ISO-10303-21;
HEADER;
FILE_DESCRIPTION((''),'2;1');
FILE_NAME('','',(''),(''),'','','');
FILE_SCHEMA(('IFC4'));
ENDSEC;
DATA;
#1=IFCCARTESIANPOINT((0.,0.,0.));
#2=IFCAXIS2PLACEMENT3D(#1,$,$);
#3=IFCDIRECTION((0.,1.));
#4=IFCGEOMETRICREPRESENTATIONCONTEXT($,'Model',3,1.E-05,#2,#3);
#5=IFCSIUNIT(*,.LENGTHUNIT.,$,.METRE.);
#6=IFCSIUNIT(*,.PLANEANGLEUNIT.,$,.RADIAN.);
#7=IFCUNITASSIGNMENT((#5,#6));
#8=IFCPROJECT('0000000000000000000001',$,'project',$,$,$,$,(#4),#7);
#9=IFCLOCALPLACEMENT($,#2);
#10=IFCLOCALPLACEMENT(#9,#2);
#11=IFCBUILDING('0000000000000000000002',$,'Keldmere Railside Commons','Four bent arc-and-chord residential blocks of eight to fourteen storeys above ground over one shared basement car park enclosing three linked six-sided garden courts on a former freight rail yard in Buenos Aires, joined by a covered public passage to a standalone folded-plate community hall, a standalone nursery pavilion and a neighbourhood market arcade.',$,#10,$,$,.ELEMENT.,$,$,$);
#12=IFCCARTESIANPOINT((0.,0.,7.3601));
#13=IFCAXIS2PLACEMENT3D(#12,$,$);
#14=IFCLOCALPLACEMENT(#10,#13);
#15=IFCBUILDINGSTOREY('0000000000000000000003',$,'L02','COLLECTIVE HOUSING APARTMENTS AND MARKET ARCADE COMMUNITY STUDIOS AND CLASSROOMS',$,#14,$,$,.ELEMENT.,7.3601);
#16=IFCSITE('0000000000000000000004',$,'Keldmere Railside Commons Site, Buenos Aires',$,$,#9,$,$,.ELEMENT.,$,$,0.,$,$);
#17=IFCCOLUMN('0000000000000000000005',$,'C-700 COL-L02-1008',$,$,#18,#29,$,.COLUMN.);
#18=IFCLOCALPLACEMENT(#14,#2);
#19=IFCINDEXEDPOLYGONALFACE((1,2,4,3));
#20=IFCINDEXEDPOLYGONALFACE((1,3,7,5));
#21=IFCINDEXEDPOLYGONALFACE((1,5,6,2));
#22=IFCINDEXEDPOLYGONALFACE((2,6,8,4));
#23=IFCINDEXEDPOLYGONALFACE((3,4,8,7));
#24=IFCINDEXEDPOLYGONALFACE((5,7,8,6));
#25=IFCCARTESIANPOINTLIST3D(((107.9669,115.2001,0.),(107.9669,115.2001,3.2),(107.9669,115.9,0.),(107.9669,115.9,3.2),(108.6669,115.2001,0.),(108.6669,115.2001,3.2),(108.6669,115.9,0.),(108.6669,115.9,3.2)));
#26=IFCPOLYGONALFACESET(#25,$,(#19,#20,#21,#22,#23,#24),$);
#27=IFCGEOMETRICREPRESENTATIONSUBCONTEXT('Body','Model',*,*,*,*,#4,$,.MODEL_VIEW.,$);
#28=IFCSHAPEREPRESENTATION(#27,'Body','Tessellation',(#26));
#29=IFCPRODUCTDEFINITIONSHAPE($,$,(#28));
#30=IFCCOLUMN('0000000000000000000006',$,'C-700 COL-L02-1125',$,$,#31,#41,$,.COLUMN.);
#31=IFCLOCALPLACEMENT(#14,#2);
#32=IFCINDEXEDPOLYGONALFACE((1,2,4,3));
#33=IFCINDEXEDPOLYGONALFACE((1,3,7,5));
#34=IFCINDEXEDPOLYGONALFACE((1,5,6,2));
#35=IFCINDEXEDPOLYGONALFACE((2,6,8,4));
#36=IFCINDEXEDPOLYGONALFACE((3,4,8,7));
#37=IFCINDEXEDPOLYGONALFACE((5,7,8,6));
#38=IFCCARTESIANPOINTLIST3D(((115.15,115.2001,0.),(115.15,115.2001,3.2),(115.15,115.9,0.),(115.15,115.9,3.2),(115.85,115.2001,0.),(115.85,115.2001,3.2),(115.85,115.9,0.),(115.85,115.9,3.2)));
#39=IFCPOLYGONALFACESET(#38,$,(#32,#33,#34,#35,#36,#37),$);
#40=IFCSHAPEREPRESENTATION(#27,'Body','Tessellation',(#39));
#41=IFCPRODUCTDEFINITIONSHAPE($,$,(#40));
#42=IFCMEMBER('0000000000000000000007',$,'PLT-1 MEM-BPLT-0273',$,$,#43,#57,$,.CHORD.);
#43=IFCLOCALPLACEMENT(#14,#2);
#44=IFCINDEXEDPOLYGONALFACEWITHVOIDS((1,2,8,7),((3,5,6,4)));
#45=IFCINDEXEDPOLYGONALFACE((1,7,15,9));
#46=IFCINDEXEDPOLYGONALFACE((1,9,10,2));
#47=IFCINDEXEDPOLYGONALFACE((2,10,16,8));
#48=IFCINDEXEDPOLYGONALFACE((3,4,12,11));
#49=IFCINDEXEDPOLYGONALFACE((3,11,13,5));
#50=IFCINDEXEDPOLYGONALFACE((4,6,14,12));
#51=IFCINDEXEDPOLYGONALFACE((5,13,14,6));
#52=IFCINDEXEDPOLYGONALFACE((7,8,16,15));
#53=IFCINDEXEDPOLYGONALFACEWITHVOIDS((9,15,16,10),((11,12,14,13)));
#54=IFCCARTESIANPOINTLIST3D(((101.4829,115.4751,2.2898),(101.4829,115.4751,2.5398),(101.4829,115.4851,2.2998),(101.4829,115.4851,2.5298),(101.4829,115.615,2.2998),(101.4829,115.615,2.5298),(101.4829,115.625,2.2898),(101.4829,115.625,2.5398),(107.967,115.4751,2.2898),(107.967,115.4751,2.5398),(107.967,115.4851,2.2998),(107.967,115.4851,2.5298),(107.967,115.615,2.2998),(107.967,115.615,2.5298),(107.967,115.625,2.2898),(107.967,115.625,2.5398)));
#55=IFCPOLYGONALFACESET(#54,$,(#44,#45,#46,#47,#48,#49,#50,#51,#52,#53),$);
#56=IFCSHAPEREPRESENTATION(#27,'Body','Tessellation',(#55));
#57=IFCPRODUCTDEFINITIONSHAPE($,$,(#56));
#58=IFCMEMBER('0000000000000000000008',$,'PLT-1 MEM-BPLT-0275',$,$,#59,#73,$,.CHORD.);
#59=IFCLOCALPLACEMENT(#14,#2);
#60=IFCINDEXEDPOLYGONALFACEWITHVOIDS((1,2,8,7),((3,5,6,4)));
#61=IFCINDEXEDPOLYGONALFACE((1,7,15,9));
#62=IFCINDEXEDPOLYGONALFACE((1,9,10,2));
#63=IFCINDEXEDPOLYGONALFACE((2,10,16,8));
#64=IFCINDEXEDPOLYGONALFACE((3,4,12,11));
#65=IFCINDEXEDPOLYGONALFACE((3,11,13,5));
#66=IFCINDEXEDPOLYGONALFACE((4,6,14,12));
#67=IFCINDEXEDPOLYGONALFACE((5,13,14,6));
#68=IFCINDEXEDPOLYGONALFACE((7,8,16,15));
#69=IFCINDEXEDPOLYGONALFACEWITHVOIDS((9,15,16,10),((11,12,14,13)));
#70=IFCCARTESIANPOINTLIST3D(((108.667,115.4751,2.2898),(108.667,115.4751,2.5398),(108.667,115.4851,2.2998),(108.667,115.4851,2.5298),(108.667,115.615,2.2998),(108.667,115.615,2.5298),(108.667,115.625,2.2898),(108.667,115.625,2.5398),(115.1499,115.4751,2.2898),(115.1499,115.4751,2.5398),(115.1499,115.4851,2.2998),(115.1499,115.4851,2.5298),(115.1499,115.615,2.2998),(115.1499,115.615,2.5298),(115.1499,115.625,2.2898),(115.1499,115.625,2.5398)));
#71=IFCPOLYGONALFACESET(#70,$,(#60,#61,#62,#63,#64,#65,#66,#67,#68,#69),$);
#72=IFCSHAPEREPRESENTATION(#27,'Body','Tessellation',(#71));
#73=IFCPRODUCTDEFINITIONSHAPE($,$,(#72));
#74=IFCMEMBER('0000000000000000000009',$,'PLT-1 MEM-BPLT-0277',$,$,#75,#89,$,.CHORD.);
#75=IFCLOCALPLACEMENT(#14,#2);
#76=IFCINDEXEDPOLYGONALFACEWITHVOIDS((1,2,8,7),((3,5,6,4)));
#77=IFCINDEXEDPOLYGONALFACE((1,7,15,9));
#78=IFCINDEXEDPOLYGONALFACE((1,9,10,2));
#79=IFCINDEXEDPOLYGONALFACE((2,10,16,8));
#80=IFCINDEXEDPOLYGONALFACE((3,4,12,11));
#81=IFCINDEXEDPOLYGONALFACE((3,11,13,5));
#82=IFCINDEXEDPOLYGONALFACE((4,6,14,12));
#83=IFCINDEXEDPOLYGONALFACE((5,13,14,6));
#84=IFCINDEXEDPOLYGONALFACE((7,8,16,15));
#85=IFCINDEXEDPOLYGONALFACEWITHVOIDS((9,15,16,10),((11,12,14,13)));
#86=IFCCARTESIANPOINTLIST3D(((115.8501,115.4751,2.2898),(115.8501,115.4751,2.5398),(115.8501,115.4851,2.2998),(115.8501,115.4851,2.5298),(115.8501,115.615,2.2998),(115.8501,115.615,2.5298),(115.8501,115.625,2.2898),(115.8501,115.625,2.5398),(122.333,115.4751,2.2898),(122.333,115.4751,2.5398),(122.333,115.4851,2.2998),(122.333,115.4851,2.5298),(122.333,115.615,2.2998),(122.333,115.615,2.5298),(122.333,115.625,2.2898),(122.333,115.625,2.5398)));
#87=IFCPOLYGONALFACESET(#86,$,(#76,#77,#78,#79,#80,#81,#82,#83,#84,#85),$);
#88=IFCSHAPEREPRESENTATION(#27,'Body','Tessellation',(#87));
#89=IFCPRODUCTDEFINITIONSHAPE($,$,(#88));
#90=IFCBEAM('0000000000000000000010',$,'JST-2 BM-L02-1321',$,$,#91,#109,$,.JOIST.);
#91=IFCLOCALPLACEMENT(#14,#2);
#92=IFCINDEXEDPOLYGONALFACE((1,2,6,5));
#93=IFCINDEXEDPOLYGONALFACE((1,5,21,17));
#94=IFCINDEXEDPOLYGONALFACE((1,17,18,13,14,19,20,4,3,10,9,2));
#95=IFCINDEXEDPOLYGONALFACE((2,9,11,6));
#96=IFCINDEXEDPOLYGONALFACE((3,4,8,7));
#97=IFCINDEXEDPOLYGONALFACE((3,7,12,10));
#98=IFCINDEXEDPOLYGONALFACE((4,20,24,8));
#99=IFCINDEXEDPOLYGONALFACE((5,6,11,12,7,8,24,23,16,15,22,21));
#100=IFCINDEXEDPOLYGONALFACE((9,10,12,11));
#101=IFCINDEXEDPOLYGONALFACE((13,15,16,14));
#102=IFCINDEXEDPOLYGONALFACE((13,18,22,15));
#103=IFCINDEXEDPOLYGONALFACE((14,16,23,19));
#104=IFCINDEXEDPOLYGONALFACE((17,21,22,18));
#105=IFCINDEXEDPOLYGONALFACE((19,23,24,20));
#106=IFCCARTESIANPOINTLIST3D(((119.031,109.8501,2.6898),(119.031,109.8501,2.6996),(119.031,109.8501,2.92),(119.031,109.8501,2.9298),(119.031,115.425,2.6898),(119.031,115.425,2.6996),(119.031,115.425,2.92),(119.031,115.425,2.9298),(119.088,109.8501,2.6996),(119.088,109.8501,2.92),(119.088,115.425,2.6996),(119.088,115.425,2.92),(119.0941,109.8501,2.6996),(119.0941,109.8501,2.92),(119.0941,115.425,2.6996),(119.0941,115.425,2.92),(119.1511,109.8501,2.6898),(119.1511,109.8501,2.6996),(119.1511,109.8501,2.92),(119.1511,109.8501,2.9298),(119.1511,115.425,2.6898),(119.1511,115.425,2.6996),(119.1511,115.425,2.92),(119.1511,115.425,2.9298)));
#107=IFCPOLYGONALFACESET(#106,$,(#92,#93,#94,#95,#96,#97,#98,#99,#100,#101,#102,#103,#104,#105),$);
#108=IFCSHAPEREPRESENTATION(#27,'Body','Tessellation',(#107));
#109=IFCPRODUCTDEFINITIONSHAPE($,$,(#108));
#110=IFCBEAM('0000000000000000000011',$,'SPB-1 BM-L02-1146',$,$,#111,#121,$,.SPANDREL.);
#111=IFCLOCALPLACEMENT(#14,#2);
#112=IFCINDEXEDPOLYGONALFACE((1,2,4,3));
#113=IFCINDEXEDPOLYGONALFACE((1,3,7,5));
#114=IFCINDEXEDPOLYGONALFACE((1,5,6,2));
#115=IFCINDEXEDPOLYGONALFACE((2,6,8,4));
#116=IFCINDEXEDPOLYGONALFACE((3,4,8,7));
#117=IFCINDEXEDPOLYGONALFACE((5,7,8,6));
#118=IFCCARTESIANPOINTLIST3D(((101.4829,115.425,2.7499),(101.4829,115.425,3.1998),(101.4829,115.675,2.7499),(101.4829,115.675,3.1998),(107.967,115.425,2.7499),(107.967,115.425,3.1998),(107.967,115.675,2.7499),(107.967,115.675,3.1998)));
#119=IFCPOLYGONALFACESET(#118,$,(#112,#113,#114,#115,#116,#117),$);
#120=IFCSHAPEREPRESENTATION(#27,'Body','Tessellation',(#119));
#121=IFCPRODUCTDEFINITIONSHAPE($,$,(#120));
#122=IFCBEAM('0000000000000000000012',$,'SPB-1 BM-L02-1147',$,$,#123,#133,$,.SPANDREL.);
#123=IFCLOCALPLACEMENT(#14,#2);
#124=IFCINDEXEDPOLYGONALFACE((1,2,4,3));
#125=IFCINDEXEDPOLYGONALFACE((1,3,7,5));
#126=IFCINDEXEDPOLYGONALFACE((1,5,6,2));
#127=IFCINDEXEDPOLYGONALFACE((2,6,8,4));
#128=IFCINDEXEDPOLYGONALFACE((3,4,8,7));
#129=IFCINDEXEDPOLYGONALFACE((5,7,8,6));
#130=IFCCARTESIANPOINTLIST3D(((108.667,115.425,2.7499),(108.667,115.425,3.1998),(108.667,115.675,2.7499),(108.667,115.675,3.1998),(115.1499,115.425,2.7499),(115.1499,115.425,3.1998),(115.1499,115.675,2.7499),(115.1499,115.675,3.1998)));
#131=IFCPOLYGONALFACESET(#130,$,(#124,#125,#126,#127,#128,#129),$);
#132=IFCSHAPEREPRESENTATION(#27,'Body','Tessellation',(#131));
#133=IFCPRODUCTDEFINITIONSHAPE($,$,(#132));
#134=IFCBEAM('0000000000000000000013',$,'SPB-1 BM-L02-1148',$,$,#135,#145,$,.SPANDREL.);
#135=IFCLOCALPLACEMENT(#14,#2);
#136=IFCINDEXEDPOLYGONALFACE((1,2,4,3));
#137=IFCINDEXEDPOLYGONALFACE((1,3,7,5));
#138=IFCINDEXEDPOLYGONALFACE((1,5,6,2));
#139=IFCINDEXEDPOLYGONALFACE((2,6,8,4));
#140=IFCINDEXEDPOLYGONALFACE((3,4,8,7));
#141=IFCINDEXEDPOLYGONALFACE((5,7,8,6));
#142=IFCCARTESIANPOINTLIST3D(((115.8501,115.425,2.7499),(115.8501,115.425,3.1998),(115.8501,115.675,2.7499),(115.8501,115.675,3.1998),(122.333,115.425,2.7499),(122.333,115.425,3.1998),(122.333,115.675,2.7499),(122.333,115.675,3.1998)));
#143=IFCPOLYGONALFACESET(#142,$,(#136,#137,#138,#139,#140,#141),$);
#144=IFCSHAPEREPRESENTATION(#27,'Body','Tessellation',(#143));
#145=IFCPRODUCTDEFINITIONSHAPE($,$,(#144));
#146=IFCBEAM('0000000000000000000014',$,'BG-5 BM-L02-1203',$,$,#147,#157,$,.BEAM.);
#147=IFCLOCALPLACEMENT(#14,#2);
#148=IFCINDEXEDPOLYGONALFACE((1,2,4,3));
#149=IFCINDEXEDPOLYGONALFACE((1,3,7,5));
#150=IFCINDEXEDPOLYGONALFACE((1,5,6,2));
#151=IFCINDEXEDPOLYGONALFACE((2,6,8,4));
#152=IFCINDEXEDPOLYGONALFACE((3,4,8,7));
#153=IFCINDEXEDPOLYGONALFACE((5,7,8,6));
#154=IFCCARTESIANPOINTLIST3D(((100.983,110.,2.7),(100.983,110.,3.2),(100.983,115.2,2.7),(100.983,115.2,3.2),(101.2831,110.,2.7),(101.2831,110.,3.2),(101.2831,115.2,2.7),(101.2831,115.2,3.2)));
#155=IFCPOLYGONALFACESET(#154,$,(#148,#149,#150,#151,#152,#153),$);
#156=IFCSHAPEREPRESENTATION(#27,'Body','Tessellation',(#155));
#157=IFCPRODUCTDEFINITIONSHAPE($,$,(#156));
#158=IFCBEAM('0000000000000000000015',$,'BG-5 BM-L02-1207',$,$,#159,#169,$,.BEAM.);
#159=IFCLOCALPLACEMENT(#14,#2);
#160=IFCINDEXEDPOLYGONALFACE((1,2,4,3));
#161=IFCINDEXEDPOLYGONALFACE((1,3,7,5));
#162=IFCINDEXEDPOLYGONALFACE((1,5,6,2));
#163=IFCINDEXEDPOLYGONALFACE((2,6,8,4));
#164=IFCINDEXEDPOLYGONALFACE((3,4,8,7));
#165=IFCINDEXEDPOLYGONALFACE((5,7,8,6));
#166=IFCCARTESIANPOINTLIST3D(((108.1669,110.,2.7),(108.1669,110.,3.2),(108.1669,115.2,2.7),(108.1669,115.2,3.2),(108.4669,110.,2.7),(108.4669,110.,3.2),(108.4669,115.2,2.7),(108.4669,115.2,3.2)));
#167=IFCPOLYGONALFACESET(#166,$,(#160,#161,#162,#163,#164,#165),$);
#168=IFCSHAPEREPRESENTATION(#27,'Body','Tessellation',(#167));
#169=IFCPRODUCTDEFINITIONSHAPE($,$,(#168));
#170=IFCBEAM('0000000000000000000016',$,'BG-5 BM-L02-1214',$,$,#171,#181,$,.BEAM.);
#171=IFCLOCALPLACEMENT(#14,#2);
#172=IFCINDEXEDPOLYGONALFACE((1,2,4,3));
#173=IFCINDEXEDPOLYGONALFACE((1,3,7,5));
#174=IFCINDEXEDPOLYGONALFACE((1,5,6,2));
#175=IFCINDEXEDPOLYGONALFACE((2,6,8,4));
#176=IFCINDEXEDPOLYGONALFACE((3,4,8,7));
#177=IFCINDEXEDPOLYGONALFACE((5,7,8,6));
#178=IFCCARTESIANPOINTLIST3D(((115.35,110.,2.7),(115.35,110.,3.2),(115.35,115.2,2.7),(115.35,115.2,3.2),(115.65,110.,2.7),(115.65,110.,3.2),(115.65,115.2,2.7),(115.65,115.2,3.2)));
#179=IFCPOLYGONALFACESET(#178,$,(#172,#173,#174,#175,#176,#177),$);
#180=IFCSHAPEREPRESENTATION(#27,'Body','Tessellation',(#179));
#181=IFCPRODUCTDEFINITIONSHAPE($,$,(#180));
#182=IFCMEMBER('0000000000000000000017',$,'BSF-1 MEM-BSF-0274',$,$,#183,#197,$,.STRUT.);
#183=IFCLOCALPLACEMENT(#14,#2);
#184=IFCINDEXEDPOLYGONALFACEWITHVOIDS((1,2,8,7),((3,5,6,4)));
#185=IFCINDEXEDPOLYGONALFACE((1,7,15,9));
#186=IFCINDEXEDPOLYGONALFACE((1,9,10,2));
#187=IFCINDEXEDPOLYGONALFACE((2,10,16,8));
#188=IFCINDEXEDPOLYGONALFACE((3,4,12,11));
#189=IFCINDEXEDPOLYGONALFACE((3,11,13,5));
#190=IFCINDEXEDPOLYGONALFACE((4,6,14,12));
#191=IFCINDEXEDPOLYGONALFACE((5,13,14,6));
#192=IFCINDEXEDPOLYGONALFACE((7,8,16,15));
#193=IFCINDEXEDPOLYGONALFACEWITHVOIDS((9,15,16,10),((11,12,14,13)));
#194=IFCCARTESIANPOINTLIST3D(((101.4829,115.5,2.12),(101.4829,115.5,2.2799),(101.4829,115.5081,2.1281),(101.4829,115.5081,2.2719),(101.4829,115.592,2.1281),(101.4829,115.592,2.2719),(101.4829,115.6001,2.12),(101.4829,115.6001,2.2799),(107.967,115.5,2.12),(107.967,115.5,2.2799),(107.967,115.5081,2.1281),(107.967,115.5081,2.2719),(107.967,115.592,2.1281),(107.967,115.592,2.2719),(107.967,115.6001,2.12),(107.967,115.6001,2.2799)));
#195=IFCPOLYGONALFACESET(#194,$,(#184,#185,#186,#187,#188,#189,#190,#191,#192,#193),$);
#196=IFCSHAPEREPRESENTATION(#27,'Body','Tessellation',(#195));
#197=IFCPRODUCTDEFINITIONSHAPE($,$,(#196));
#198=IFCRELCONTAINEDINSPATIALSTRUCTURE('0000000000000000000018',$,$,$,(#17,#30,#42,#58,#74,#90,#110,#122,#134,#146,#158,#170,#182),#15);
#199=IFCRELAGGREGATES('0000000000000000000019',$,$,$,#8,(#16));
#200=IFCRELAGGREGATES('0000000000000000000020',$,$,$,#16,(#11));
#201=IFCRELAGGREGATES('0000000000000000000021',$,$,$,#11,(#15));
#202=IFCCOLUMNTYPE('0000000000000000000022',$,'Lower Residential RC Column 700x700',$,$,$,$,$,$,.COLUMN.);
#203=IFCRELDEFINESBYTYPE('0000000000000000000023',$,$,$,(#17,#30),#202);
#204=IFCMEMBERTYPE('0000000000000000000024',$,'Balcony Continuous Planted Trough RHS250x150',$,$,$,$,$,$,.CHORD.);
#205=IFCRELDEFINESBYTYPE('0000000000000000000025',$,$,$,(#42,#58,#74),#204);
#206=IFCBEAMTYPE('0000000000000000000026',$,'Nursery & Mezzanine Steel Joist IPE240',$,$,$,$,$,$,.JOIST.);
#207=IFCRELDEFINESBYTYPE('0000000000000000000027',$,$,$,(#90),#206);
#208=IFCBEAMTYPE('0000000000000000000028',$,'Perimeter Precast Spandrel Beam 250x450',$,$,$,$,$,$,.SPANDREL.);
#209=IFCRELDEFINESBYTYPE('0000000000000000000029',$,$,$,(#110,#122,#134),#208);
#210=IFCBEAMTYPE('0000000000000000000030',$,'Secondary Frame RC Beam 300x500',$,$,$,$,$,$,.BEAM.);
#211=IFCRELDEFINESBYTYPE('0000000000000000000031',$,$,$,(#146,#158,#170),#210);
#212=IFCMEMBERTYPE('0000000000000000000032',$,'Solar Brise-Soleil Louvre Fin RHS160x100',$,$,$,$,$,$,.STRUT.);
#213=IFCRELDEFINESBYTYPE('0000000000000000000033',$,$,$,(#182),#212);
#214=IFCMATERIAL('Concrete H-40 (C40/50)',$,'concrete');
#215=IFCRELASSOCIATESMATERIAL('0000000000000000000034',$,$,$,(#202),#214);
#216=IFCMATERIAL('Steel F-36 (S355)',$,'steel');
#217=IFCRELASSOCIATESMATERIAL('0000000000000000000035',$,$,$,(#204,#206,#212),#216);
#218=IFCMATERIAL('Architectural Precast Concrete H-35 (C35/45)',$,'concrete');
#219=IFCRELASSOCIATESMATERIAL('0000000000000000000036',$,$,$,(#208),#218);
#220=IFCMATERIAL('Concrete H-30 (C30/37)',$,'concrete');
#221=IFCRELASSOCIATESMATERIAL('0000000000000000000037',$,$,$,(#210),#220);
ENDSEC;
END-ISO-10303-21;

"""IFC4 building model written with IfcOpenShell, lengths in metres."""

from ifc_helpers import new_model, si_unit, direction, frame, origin, origin_2d, place, context, subcontext, project, spatial, rectangle, hollow_rectangle, i_section, extrude, material, material_profile, profile_set, type_object, element, save


model = new_model("IFC4")

# Units and contexts
model_context = context("Model", 3, precision=1e-05, world=origin(), true_north=direction((0.0, 1.0)))
body_context = subcontext(model_context, "Body", "Model", "MODEL_VIEW")
ifc_project = project(units=[si_unit("LENGTHUNIT", "METRE"), si_unit("PLANEANGLEUNIT", "RADIAN")], contexts=[model_context])

# Site, building, storey
site_placement = place(None, origin())
site = spatial("IfcSite", under=ifc_project, at=site_placement, Name="Keldmere Railside Commons Site, Buenos Aires", CompositionType="ELEMENT", RefElevation=0.0)
building_placement = place(site_placement, origin())
building = spatial("IfcBuilding", under=site, at=building_placement, Name="Keldmere Railside Commons", Description="Four bent arc-and-chord residential blocks of eight to fourteen storeys above ground over one shared basement car park enclosing three linked six-sided garden courts on a former freight rail yard in Buenos Aires, joined by a covered public passage to a standalone folded-plate community hall, a standalone nursery pavilion and a neighbourhood market arcade.", CompositionType="ELEMENT")
storey_placement = place(building_placement, frame((0.0, 0.0, 7.3601)))
storey = spatial("IfcBuildingStorey", under=building, at=storey_placement, Name="L02", Description="COLLECTIVE HOUSING APARTMENTS AND MARKET ARCADE COMMUNITY STUDIOS AND CLASSROOMS", CompositionType="ELEMENT", Elevation=7.3601)

# Columns
ifc_material_1 = material(Name="Concrete H-40 (C40/50)", Category="concrete")
ifc_material_profile_1 = material_profile(ifc_material_1, rectangle(XDim=0.7, YDim=0.7, at=origin_2d()), Name="RC-700x700")
ifc_profile_set_1 = profile_set([ifc_material_profile_1], Name="Concrete H-40 (C40/50)")
column_type = type_object("IfcColumnType", Name="Lower Residential RC Column 700x700", PredefinedType="COLUMN", material=ifc_profile_set_1)
for number, where, z_axis, x_axis, name in (
    (1, (108.3169, 115.55, 0.0), (0.0, 0.0, 1.0), (1.0, 0.0, 0.0), "C-700 COL-L02-1008"),
    (2, (115.5, 115.55, 0.0), (0.0, 0.0, 1.0), (1.0, 0.0, 0.0), "C-700 COL-L02-1125"),
):
    element("IfcColumn", number, at=place(storey_placement, frame(where, z_axis=z_axis, x_axis=x_axis)), inside=storey, type_object=column_type, Name=name, PredefinedType="COLUMN", context=body_context, shape_type="SweptSolid", body=[
        extrude(rectangle(XDim=0.7, YDim=0.7, at=origin_2d()), origin(), (0.0, 0.0, 1.0), 3.2),
    ])

# Members
ifc_material_2 = material(Name="Steel F-36 (S355)", Category="steel")
ifc_material_profile_2 = material_profile(ifc_material_2, hollow_rectangle(XDim=0.1499, YDim=0.25, WallThickness=0.01, at=origin_2d()), Name="RHS-250x150x10")
ifc_profile_set_2 = profile_set([ifc_material_profile_2], Name="Steel F-36 (S355)")
member_type_1 = type_object("IfcMemberType", Name="Balcony Continuous Planted Trough RHS250x150", PredefinedType="CHORD", material=ifc_profile_set_2)
member_1_placement = place(storey_placement, frame((101.4829, 115.55, 2.4148), z_axis=(1.0, 0.0, 0.0), x_axis=(0.0, 1.0, 0.0)))
element("IfcMember", 3, at=member_1_placement, inside=storey, type_object=member_type_1, Name="PLT-1 MEM-BPLT-0273", PredefinedType="CHORD", context=body_context, shape_type="SweptSolid", body=[
    extrude(hollow_rectangle(XDim=0.1499, YDim=0.25, WallThickness=0.01, at=origin_2d()), origin(), (0.0, 0.0, 1.0), 6.4841),
])
for number, where, z_axis, x_axis, name in (
    (4, (108.667, 115.55, 2.4148), (1.0, 0.0, 0.0), (0.0, 1.0, 0.0), "PLT-1 MEM-BPLT-0275"),
    (5, (115.8501, 115.55, 2.4148), (1.0, 0.0, 0.0), (0.0, 1.0, 0.0), "PLT-1 MEM-BPLT-0277"),
):
    element("IfcMember", number, at=place(storey_placement, frame(where, z_axis=z_axis, x_axis=x_axis)), inside=storey, type_object=member_type_1, Name=name, PredefinedType="CHORD", context=body_context, shape_type="SweptSolid", body=[
        extrude(hollow_rectangle(XDim=0.1499, YDim=0.25, WallThickness=0.01, at=origin_2d()), origin(), (0.0, 0.0, 1.0), 6.4829),
    ])

# Beams
ifc_material_profile_3 = material_profile(ifc_material_2, i_section(OverallWidth=0.1201, OverallDepth=0.24, WebThickness=0.0061, FlangeThickness=0.0098, at=origin_2d()), Name="IPE-240")
ifc_profile_set_3 = profile_set([ifc_material_profile_3], Name="Steel F-36 (S355)")
beam_type_1 = type_object("IfcBeamType", Name="Nursery & Mezzanine Steel Joist IPE240", PredefinedType="JOIST", material=ifc_profile_set_3)
beam_1_placement = place(storey_placement, frame((119.0911, 109.8501, 2.8098), z_axis=(0.0, 1.0, 0.0), x_axis=(-1.0, 0.0, 0.0)))
element("IfcBeam", 6, at=beam_1_placement, inside=storey, type_object=beam_type_1, Name="JST-2 BM-L02-1321", PredefinedType="JOIST", context=body_context, shape_type="SweptSolid", body=[
    extrude(i_section(OverallWidth=0.1201, OverallDepth=0.24, WebThickness=0.0061, FlangeThickness=0.0098, at=origin_2d()), origin(), (0.0, 0.0, 1.0), 5.575),
])
ifc_material_3 = material(Name="Architectural Precast Concrete H-35 (C35/45)", Category="concrete")
ifc_material_profile_4 = material_profile(ifc_material_3, rectangle(XDim=0.25, YDim=0.45, at=origin_2d()), Name="RC-250x450")
ifc_profile_set_4 = profile_set([ifc_material_profile_4], Name="Architectural Precast Concrete H-35 (C35/45)")
beam_type_2 = type_object("IfcBeamType", Name="Perimeter Precast Spandrel Beam 250x450", PredefinedType="SPANDREL", material=ifc_profile_set_4)
beam_2_placement = place(storey_placement, frame((101.4829, 115.55, 2.9749), z_axis=(1.0, 0.0, 0.0), x_axis=(0.0, 1.0, 0.0)))
element("IfcBeam", 7, at=beam_2_placement, inside=storey, type_object=beam_type_2, Name="SPB-1 BM-L02-1146", PredefinedType="SPANDREL", context=body_context, shape_type="SweptSolid", body=[
    extrude(rectangle(XDim=0.25, YDim=0.45, at=origin_2d()), origin(), (0.0, 0.0, 1.0), 6.4841),
])
for number, where, z_axis, x_axis, name in (
    (8, (108.667, 115.55, 2.9749), (1.0, 0.0, 0.0), (0.0, 1.0, 0.0), "SPB-1 BM-L02-1147"),
    (9, (115.8501, 115.55, 2.9749), (1.0, 0.0, 0.0), (0.0, 1.0, 0.0), "SPB-1 BM-L02-1148"),
):
    element("IfcBeam", number, at=place(storey_placement, frame(where, z_axis=z_axis, x_axis=x_axis)), inside=storey, type_object=beam_type_2, Name=name, PredefinedType="SPANDREL", context=body_context, shape_type="SweptSolid", body=[
        extrude(rectangle(XDim=0.25, YDim=0.45, at=origin_2d()), origin(), (0.0, 0.0, 1.0), 6.4829),
    ])
ifc_material_4 = material(Name="Concrete H-30 (C30/37)", Category="concrete")
ifc_material_profile_5 = material_profile(ifc_material_4, rectangle(XDim=0.3, YDim=0.5, at=origin_2d()), Name="RC-300x500")
ifc_profile_set_5 = profile_set([ifc_material_profile_5], Name="Concrete H-30 (C30/37)")
beam_type_3 = type_object("IfcBeamType", Name="Secondary Frame RC Beam 300x500", PredefinedType="BEAM", material=ifc_profile_set_5)
for number, where, z_axis, x_axis, name in (
    (10, (101.1331, 110.0, 2.95), (0.0, 1.0, 0.0), (-1.0, 0.0, 0.0), "BG-5 BM-L02-1203"),
    (11, (108.3169, 110.0, 2.95), (0.0, 1.0, 0.0), (-1.0, 0.0, 0.0), "BG-5 BM-L02-1207"),
    (12, (115.5, 110.0, 2.95), (0.0, 1.0, 0.0), (-1.0, 0.0, 0.0), "BG-5 BM-L02-1214"),
):
    element("IfcBeam", number, at=place(storey_placement, frame(where, z_axis=z_axis, x_axis=x_axis)), inside=storey, type_object=beam_type_3, Name=name, PredefinedType="BEAM", context=body_context, shape_type="SweptSolid", body=[
        extrude(rectangle(XDim=0.3, YDim=0.5, at=origin_2d()), origin(), (0.0, 0.0, 1.0), 5.2),
    ])

# Member
ifc_material_profile_6 = material_profile(ifc_material_2, hollow_rectangle(XDim=0.1001, YDim=0.1599, WallThickness=0.0081, at=origin_2d()), Name="RHS-160x100x8")
ifc_profile_set_6 = profile_set([ifc_material_profile_6], Name="Steel F-36 (S355)")
member_type_2 = type_object("IfcMemberType", Name="Solar Brise-Soleil Louvre Fin RHS160x100", PredefinedType="STRUT", material=ifc_profile_set_6)
member_2_placement = place(storey_placement, frame((101.4829, 115.55, 2.2), z_axis=(1.0, 0.0, 0.0), x_axis=(0.0, 1.0, 0.0)))
element("IfcMember", 13, at=member_2_placement, inside=storey, type_object=member_type_2, Name="BSF-1 MEM-BSF-0274", PredefinedType="STRUT", context=body_context, shape_type="SweptSolid", body=[
    extrude(hollow_rectangle(XDim=0.1001, YDim=0.1599, WallThickness=0.0081, at=origin_2d()), origin(), (0.0, 0.0, 1.0), 6.4841),
])

save(model, "model.ifc")
